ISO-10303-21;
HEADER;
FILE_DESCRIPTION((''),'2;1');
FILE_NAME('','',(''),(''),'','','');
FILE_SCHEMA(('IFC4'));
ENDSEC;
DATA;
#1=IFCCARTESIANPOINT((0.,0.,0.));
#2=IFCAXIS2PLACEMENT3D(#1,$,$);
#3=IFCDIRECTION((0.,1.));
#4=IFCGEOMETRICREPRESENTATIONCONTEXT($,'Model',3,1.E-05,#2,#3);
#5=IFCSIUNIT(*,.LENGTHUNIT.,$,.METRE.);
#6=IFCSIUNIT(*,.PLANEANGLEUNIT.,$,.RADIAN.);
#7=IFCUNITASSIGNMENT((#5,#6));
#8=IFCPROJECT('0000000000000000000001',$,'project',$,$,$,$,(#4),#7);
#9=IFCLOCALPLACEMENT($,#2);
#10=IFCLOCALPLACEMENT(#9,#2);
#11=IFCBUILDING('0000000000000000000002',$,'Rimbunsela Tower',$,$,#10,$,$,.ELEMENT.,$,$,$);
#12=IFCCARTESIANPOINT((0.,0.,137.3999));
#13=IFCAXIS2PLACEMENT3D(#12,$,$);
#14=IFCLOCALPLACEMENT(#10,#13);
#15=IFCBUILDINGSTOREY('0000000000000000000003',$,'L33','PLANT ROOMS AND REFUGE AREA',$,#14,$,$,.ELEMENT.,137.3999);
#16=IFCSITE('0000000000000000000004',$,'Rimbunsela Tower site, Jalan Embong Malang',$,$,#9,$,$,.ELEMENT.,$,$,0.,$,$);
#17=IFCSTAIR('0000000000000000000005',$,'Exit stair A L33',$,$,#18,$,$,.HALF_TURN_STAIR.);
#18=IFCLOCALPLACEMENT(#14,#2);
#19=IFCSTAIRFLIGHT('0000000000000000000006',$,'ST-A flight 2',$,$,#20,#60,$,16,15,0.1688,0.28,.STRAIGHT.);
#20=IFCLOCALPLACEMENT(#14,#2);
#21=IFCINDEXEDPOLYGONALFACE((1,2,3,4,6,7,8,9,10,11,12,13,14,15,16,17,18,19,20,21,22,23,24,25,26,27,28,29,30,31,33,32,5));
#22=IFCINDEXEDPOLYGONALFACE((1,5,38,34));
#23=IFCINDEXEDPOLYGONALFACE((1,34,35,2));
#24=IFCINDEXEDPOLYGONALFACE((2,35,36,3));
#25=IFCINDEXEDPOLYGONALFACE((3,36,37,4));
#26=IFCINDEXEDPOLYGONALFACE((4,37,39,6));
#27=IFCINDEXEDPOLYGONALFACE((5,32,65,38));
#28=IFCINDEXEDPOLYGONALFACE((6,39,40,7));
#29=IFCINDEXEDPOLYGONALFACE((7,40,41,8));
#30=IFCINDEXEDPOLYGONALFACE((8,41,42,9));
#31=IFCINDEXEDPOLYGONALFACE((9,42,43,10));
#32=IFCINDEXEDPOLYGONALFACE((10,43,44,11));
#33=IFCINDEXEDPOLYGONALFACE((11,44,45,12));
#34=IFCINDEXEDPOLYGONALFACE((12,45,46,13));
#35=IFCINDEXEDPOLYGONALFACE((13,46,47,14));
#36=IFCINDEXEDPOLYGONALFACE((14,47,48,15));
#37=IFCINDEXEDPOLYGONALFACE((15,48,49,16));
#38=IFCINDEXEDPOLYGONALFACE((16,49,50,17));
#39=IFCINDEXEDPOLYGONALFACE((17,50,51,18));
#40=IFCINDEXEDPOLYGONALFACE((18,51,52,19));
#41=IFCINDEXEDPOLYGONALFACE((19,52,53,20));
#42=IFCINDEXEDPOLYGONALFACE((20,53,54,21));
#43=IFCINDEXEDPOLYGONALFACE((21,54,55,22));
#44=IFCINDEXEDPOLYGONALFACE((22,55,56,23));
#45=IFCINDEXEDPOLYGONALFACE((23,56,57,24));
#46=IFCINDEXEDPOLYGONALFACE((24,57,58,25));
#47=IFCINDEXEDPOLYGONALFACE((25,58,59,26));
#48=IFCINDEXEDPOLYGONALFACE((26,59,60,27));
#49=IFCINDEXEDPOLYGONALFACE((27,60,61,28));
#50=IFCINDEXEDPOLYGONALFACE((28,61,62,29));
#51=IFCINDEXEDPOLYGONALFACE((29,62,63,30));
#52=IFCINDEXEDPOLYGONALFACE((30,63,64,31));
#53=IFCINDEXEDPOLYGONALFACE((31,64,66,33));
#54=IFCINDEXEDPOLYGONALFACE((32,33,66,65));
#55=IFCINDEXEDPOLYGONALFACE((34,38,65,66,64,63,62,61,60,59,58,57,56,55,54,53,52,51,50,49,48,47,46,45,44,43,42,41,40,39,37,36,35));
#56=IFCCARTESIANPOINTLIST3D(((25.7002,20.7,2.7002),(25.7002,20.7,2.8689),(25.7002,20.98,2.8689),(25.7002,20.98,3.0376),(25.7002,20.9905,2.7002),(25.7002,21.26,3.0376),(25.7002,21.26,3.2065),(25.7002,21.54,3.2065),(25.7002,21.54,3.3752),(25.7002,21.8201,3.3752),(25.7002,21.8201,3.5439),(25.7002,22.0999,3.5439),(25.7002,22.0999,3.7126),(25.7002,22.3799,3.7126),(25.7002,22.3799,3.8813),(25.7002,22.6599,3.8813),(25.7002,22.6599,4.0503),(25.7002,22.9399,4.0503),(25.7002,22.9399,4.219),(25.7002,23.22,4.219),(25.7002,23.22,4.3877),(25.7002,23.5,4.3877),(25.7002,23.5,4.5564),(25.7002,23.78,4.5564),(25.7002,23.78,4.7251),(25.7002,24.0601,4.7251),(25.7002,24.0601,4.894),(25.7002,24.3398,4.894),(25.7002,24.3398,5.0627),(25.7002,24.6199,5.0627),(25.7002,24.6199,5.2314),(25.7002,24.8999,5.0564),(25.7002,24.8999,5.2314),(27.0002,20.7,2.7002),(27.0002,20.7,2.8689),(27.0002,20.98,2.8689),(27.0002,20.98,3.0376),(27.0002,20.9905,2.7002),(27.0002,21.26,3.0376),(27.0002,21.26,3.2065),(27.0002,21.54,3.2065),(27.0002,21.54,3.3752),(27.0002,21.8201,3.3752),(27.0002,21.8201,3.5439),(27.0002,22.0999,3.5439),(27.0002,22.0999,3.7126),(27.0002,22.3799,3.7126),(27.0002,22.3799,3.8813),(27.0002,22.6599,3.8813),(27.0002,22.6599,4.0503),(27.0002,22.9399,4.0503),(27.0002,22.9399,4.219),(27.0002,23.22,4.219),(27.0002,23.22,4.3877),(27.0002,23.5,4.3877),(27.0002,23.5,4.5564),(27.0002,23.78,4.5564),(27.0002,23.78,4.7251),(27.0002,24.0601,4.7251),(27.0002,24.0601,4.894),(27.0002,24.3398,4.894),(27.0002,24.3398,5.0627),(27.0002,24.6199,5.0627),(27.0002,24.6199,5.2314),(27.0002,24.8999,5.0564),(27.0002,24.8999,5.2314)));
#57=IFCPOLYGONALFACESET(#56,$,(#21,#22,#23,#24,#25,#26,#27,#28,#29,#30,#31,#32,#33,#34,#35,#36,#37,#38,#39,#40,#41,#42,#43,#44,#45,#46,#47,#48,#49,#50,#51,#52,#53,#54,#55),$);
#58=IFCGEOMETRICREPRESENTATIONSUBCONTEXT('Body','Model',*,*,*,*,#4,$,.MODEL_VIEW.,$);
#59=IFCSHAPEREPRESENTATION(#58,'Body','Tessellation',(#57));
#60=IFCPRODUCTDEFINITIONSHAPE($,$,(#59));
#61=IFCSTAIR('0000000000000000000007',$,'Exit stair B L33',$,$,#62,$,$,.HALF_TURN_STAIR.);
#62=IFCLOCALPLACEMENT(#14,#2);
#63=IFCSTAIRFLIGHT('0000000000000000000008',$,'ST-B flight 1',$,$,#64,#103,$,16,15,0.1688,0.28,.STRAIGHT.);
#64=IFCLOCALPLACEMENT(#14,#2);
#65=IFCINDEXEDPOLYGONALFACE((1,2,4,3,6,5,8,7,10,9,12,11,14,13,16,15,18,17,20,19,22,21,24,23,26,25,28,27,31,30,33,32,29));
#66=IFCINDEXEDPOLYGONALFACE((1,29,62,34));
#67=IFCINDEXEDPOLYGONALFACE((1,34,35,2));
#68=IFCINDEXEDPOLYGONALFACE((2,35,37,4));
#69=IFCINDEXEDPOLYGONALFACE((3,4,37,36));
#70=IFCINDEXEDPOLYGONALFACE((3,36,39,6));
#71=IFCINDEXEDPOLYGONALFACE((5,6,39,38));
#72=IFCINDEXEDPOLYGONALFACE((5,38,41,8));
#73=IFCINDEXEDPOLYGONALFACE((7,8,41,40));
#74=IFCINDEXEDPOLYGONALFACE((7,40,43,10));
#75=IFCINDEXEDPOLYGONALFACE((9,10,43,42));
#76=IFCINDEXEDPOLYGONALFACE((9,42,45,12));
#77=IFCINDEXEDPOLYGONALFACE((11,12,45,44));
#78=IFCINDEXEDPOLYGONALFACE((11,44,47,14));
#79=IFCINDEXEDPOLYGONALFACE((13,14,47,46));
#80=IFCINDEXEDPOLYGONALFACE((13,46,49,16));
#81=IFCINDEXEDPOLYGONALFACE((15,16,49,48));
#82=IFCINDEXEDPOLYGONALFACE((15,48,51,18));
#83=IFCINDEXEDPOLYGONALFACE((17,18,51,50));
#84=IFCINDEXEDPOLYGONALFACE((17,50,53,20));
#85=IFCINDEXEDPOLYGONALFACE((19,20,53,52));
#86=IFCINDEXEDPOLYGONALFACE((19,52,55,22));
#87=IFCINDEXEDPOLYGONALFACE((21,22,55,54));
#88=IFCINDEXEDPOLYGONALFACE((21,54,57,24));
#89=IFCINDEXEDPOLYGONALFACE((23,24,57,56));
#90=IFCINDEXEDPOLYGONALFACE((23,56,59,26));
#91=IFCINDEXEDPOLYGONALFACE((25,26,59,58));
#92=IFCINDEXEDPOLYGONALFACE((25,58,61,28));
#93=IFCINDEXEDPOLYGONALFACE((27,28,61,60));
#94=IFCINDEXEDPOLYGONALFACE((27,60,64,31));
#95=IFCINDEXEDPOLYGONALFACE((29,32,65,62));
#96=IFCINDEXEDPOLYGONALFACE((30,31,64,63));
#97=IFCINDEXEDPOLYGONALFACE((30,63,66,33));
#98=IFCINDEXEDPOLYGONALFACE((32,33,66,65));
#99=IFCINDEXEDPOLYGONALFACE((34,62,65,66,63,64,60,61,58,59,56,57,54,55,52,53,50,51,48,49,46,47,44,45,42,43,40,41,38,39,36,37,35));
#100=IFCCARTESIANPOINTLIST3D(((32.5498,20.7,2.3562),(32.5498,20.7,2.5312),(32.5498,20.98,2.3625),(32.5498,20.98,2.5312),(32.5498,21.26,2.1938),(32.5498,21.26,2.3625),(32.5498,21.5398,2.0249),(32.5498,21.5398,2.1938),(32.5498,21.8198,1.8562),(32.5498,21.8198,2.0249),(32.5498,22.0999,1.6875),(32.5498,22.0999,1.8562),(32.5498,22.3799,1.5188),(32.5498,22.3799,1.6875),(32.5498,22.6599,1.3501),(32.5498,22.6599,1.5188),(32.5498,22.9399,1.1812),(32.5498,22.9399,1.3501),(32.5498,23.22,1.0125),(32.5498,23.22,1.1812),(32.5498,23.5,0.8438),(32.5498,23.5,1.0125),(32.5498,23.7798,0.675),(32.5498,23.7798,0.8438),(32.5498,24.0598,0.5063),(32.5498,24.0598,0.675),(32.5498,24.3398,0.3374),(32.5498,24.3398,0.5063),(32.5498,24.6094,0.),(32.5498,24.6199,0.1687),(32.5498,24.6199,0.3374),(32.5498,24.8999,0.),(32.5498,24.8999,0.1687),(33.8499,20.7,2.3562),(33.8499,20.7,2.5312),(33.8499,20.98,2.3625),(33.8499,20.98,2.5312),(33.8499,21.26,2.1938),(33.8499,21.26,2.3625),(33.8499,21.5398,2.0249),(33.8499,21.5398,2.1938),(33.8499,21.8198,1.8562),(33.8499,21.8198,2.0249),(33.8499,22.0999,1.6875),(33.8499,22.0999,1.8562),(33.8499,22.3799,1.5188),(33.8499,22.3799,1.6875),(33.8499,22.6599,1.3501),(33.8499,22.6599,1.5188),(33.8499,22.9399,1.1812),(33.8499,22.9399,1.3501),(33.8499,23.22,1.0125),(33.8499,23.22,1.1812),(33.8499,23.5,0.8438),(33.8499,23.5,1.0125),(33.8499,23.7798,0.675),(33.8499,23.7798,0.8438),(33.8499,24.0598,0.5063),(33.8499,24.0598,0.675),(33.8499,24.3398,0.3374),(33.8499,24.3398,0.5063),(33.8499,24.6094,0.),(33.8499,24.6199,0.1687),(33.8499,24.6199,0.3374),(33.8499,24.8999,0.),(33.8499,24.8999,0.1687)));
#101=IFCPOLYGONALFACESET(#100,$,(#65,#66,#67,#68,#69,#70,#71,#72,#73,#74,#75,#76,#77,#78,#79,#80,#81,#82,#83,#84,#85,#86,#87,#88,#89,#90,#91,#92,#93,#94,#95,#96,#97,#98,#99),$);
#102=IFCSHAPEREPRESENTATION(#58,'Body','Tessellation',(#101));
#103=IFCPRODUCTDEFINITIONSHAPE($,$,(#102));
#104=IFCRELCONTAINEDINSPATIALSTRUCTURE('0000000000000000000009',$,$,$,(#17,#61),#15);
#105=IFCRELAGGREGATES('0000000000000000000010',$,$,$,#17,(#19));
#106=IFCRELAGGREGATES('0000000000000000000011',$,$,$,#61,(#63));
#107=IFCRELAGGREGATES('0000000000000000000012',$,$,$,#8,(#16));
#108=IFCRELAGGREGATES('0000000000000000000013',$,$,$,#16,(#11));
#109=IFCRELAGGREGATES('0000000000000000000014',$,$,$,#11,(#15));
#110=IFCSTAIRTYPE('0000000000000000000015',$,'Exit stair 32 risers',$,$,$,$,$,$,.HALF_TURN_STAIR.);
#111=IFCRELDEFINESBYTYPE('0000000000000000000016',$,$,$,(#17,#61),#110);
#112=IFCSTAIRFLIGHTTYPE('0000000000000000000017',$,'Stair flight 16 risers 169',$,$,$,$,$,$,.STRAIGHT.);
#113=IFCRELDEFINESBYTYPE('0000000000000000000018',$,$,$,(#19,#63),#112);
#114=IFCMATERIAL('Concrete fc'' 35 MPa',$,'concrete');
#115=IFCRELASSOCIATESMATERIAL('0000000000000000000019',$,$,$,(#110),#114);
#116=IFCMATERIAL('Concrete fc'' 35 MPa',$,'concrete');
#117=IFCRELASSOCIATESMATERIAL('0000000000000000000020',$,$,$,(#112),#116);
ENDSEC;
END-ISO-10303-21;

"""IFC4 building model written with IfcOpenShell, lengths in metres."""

from ifc_helpers import new_model, si_unit, direction, frame, origin, place, context, subcontext, project, spatial, polyline, outline, extrude, material, type_object, element, aggregate, save


model = new_model("IFC4")

# Units and contexts
model_context = context("Model", 3, precision=1e-05, world=origin(), true_north=direction((0.0, 1.0)))
body_context = subcontext(model_context, "Body", "Model", "MODEL_VIEW")
ifc_project = project(units=[si_unit("LENGTHUNIT", "METRE"), si_unit("PLANEANGLEUNIT", "RADIAN")], contexts=[model_context])

# Site, building, storey
site_placement = place(None, origin())
site = spatial("IfcSite", under=ifc_project, at=site_placement, Name="Rimbunsela Tower site, Jalan Embong Malang", CompositionType="ELEMENT", RefElevation=0.0)
building_placement = place(site_placement, origin())
building = spatial("IfcBuilding", under=site, at=building_placement, Name="Rimbunsela Tower", CompositionType="ELEMENT")
storey_placement = place(building_placement, frame((0.0, 0.0, 137.3999)))
storey = spatial("IfcBuildingStorey", under=building, at=storey_placement, Name="L33", Description="PLANT ROOMS AND REFUGE AREA", CompositionType="ELEMENT", Elevation=137.3999)

# Stair, stair flight
ifc_material_1 = material(Name="Concrete fc' 35 MPa", Category="concrete")
stair_type = type_object("IfcStairType", Name="Exit stair 32 risers", PredefinedType="HALF_TURN_STAIR", material=ifc_material_1)
stair_1_placement = place(storey_placement, origin())
stair_1 = element("IfcStair", 1, at=stair_1_placement, inside=storey, type_object=stair_type, Name="Exit stair A L33", PredefinedType="HALF_TURN_STAIR")
ifc_material_2 = material(Name="Concrete fc' 35 MPa", Category="concrete")
stair_flight_type = type_object("IfcStairFlightType", Name="Stair flight 16 risers 169", PredefinedType="STRAIGHT", material=ifc_material_2)
stair_flight_1_placement = place(storey_placement, frame((26.3501, 20.7, 2.7002), z_axis=(0.0, 0.0, 1.0), x_axis=(0.0, 1.0, 0.0)))
stair_flight_1 = element("IfcStairFlight", 2, at=stair_flight_1_placement, type_object=stair_flight_type, Name="ST-A flight 2", NumberOfRisers=16, NumberOfTreads=15, PredefinedType="STRAIGHT", RiserHeight=0.1688, TreadLength=0.28, context=body_context, shape_type="SweptSolid", body=[
    extrude(outline(polyline([(0.0, 0.0), (0.0, 0.1687), (0.28, 0.1687), (0.28, 0.3374), (0.5601, 0.3374), (0.5601, 0.5063), (0.8401, 0.5063), (0.8401, 0.675), (1.1201, 0.675), (1.1201, 0.8438), (1.3999, 0.8438), (1.3999, 1.0125), (1.6799, 1.0125), (1.6799, 1.1812), (1.96, 1.1812), (1.96, 1.3501), (2.24, 1.3501), (2.24, 1.5188), (2.52, 1.5188), (2.52, 1.6875), (2.8, 1.6875), (2.8, 1.8562), (3.0801, 1.8562), (3.0801, 2.0249), (3.3601, 2.0249), (3.3601, 2.1938), (3.6399, 2.1938), (3.6399, 2.3625), (3.9199, 2.3625), (3.9199, 2.5312), (4.2, 2.5312), (4.2, 2.7), (4.2, 2.3562), (0.2905, 0.0), (0.0, 0.0)])), frame((0.0, 0.6499, 0.0), z_axis=(0.0, -1.0, 0.0), x_axis=(1.0, 0.0, 0.0)), (0.0, 0.0, 1.0), 1.3),
])
aggregate(stair_1, [stair_flight_1])

# Stair, stair flight
stair_2_placement = place(storey_placement, origin())
stair_2 = element("IfcStair", 3, at=stair_2_placement, inside=storey, type_object=stair_type, Name="Exit stair B L33", PredefinedType="HALF_TURN_STAIR")
stair_flight_2_placement = place(storey_placement, frame((33.2, 24.8999, 0.0), z_axis=(0.0, 0.0, 1.0), x_axis=(0.0, -1.0, 0.0)))
stair_flight_2 = element("IfcStairFlight", 4, at=stair_flight_2_placement, type_object=stair_flight_type, Name="ST-B flight 1", NumberOfRisers=16, NumberOfTreads=15, PredefinedType="STRAIGHT", RiserHeight=0.1688, TreadLength=0.28, context=body_context, shape_type="SweptSolid", body=[
    extrude(outline(polyline([(0.0, 0.0), (0.0, 0.1687), (0.28, 0.1687), (0.28, 0.3374), (0.5601, 0.3374), (0.5601, 0.5063), (0.8401, 0.5063), (0.8401, 0.675), (1.1201, 0.675), (1.1201, 0.8438), (1.3999, 0.8438), (1.3999, 1.0125), (1.6799, 1.0125), (1.6799, 1.1812), (1.96, 1.1812), (1.96, 1.3501), (2.24, 1.3501), (2.24, 1.5188), (2.52, 1.5188), (2.52, 1.6875), (2.8, 1.6875), (2.8, 1.8562), (3.0801, 1.8562), (3.0801, 2.0249), (3.3601, 2.0249), (3.3601, 2.1938), (3.6399, 2.1938), (3.6399, 2.3625), (3.9199, 2.3625), (3.9199, 2.5312), (4.2, 2.5312), (4.2, 2.7), (4.2, 2.3562), (0.2905, 0.0), (0.0, 0.0)])), frame((0.0, 0.6499, 0.0), z_axis=(0.0, -1.0, 0.0), x_axis=(1.0, 0.0, 0.0)), (0.0, 0.0, 1.0), 1.3),
])
aggregate(stair_2, [stair_flight_2])

save(model, "model.ifc")
